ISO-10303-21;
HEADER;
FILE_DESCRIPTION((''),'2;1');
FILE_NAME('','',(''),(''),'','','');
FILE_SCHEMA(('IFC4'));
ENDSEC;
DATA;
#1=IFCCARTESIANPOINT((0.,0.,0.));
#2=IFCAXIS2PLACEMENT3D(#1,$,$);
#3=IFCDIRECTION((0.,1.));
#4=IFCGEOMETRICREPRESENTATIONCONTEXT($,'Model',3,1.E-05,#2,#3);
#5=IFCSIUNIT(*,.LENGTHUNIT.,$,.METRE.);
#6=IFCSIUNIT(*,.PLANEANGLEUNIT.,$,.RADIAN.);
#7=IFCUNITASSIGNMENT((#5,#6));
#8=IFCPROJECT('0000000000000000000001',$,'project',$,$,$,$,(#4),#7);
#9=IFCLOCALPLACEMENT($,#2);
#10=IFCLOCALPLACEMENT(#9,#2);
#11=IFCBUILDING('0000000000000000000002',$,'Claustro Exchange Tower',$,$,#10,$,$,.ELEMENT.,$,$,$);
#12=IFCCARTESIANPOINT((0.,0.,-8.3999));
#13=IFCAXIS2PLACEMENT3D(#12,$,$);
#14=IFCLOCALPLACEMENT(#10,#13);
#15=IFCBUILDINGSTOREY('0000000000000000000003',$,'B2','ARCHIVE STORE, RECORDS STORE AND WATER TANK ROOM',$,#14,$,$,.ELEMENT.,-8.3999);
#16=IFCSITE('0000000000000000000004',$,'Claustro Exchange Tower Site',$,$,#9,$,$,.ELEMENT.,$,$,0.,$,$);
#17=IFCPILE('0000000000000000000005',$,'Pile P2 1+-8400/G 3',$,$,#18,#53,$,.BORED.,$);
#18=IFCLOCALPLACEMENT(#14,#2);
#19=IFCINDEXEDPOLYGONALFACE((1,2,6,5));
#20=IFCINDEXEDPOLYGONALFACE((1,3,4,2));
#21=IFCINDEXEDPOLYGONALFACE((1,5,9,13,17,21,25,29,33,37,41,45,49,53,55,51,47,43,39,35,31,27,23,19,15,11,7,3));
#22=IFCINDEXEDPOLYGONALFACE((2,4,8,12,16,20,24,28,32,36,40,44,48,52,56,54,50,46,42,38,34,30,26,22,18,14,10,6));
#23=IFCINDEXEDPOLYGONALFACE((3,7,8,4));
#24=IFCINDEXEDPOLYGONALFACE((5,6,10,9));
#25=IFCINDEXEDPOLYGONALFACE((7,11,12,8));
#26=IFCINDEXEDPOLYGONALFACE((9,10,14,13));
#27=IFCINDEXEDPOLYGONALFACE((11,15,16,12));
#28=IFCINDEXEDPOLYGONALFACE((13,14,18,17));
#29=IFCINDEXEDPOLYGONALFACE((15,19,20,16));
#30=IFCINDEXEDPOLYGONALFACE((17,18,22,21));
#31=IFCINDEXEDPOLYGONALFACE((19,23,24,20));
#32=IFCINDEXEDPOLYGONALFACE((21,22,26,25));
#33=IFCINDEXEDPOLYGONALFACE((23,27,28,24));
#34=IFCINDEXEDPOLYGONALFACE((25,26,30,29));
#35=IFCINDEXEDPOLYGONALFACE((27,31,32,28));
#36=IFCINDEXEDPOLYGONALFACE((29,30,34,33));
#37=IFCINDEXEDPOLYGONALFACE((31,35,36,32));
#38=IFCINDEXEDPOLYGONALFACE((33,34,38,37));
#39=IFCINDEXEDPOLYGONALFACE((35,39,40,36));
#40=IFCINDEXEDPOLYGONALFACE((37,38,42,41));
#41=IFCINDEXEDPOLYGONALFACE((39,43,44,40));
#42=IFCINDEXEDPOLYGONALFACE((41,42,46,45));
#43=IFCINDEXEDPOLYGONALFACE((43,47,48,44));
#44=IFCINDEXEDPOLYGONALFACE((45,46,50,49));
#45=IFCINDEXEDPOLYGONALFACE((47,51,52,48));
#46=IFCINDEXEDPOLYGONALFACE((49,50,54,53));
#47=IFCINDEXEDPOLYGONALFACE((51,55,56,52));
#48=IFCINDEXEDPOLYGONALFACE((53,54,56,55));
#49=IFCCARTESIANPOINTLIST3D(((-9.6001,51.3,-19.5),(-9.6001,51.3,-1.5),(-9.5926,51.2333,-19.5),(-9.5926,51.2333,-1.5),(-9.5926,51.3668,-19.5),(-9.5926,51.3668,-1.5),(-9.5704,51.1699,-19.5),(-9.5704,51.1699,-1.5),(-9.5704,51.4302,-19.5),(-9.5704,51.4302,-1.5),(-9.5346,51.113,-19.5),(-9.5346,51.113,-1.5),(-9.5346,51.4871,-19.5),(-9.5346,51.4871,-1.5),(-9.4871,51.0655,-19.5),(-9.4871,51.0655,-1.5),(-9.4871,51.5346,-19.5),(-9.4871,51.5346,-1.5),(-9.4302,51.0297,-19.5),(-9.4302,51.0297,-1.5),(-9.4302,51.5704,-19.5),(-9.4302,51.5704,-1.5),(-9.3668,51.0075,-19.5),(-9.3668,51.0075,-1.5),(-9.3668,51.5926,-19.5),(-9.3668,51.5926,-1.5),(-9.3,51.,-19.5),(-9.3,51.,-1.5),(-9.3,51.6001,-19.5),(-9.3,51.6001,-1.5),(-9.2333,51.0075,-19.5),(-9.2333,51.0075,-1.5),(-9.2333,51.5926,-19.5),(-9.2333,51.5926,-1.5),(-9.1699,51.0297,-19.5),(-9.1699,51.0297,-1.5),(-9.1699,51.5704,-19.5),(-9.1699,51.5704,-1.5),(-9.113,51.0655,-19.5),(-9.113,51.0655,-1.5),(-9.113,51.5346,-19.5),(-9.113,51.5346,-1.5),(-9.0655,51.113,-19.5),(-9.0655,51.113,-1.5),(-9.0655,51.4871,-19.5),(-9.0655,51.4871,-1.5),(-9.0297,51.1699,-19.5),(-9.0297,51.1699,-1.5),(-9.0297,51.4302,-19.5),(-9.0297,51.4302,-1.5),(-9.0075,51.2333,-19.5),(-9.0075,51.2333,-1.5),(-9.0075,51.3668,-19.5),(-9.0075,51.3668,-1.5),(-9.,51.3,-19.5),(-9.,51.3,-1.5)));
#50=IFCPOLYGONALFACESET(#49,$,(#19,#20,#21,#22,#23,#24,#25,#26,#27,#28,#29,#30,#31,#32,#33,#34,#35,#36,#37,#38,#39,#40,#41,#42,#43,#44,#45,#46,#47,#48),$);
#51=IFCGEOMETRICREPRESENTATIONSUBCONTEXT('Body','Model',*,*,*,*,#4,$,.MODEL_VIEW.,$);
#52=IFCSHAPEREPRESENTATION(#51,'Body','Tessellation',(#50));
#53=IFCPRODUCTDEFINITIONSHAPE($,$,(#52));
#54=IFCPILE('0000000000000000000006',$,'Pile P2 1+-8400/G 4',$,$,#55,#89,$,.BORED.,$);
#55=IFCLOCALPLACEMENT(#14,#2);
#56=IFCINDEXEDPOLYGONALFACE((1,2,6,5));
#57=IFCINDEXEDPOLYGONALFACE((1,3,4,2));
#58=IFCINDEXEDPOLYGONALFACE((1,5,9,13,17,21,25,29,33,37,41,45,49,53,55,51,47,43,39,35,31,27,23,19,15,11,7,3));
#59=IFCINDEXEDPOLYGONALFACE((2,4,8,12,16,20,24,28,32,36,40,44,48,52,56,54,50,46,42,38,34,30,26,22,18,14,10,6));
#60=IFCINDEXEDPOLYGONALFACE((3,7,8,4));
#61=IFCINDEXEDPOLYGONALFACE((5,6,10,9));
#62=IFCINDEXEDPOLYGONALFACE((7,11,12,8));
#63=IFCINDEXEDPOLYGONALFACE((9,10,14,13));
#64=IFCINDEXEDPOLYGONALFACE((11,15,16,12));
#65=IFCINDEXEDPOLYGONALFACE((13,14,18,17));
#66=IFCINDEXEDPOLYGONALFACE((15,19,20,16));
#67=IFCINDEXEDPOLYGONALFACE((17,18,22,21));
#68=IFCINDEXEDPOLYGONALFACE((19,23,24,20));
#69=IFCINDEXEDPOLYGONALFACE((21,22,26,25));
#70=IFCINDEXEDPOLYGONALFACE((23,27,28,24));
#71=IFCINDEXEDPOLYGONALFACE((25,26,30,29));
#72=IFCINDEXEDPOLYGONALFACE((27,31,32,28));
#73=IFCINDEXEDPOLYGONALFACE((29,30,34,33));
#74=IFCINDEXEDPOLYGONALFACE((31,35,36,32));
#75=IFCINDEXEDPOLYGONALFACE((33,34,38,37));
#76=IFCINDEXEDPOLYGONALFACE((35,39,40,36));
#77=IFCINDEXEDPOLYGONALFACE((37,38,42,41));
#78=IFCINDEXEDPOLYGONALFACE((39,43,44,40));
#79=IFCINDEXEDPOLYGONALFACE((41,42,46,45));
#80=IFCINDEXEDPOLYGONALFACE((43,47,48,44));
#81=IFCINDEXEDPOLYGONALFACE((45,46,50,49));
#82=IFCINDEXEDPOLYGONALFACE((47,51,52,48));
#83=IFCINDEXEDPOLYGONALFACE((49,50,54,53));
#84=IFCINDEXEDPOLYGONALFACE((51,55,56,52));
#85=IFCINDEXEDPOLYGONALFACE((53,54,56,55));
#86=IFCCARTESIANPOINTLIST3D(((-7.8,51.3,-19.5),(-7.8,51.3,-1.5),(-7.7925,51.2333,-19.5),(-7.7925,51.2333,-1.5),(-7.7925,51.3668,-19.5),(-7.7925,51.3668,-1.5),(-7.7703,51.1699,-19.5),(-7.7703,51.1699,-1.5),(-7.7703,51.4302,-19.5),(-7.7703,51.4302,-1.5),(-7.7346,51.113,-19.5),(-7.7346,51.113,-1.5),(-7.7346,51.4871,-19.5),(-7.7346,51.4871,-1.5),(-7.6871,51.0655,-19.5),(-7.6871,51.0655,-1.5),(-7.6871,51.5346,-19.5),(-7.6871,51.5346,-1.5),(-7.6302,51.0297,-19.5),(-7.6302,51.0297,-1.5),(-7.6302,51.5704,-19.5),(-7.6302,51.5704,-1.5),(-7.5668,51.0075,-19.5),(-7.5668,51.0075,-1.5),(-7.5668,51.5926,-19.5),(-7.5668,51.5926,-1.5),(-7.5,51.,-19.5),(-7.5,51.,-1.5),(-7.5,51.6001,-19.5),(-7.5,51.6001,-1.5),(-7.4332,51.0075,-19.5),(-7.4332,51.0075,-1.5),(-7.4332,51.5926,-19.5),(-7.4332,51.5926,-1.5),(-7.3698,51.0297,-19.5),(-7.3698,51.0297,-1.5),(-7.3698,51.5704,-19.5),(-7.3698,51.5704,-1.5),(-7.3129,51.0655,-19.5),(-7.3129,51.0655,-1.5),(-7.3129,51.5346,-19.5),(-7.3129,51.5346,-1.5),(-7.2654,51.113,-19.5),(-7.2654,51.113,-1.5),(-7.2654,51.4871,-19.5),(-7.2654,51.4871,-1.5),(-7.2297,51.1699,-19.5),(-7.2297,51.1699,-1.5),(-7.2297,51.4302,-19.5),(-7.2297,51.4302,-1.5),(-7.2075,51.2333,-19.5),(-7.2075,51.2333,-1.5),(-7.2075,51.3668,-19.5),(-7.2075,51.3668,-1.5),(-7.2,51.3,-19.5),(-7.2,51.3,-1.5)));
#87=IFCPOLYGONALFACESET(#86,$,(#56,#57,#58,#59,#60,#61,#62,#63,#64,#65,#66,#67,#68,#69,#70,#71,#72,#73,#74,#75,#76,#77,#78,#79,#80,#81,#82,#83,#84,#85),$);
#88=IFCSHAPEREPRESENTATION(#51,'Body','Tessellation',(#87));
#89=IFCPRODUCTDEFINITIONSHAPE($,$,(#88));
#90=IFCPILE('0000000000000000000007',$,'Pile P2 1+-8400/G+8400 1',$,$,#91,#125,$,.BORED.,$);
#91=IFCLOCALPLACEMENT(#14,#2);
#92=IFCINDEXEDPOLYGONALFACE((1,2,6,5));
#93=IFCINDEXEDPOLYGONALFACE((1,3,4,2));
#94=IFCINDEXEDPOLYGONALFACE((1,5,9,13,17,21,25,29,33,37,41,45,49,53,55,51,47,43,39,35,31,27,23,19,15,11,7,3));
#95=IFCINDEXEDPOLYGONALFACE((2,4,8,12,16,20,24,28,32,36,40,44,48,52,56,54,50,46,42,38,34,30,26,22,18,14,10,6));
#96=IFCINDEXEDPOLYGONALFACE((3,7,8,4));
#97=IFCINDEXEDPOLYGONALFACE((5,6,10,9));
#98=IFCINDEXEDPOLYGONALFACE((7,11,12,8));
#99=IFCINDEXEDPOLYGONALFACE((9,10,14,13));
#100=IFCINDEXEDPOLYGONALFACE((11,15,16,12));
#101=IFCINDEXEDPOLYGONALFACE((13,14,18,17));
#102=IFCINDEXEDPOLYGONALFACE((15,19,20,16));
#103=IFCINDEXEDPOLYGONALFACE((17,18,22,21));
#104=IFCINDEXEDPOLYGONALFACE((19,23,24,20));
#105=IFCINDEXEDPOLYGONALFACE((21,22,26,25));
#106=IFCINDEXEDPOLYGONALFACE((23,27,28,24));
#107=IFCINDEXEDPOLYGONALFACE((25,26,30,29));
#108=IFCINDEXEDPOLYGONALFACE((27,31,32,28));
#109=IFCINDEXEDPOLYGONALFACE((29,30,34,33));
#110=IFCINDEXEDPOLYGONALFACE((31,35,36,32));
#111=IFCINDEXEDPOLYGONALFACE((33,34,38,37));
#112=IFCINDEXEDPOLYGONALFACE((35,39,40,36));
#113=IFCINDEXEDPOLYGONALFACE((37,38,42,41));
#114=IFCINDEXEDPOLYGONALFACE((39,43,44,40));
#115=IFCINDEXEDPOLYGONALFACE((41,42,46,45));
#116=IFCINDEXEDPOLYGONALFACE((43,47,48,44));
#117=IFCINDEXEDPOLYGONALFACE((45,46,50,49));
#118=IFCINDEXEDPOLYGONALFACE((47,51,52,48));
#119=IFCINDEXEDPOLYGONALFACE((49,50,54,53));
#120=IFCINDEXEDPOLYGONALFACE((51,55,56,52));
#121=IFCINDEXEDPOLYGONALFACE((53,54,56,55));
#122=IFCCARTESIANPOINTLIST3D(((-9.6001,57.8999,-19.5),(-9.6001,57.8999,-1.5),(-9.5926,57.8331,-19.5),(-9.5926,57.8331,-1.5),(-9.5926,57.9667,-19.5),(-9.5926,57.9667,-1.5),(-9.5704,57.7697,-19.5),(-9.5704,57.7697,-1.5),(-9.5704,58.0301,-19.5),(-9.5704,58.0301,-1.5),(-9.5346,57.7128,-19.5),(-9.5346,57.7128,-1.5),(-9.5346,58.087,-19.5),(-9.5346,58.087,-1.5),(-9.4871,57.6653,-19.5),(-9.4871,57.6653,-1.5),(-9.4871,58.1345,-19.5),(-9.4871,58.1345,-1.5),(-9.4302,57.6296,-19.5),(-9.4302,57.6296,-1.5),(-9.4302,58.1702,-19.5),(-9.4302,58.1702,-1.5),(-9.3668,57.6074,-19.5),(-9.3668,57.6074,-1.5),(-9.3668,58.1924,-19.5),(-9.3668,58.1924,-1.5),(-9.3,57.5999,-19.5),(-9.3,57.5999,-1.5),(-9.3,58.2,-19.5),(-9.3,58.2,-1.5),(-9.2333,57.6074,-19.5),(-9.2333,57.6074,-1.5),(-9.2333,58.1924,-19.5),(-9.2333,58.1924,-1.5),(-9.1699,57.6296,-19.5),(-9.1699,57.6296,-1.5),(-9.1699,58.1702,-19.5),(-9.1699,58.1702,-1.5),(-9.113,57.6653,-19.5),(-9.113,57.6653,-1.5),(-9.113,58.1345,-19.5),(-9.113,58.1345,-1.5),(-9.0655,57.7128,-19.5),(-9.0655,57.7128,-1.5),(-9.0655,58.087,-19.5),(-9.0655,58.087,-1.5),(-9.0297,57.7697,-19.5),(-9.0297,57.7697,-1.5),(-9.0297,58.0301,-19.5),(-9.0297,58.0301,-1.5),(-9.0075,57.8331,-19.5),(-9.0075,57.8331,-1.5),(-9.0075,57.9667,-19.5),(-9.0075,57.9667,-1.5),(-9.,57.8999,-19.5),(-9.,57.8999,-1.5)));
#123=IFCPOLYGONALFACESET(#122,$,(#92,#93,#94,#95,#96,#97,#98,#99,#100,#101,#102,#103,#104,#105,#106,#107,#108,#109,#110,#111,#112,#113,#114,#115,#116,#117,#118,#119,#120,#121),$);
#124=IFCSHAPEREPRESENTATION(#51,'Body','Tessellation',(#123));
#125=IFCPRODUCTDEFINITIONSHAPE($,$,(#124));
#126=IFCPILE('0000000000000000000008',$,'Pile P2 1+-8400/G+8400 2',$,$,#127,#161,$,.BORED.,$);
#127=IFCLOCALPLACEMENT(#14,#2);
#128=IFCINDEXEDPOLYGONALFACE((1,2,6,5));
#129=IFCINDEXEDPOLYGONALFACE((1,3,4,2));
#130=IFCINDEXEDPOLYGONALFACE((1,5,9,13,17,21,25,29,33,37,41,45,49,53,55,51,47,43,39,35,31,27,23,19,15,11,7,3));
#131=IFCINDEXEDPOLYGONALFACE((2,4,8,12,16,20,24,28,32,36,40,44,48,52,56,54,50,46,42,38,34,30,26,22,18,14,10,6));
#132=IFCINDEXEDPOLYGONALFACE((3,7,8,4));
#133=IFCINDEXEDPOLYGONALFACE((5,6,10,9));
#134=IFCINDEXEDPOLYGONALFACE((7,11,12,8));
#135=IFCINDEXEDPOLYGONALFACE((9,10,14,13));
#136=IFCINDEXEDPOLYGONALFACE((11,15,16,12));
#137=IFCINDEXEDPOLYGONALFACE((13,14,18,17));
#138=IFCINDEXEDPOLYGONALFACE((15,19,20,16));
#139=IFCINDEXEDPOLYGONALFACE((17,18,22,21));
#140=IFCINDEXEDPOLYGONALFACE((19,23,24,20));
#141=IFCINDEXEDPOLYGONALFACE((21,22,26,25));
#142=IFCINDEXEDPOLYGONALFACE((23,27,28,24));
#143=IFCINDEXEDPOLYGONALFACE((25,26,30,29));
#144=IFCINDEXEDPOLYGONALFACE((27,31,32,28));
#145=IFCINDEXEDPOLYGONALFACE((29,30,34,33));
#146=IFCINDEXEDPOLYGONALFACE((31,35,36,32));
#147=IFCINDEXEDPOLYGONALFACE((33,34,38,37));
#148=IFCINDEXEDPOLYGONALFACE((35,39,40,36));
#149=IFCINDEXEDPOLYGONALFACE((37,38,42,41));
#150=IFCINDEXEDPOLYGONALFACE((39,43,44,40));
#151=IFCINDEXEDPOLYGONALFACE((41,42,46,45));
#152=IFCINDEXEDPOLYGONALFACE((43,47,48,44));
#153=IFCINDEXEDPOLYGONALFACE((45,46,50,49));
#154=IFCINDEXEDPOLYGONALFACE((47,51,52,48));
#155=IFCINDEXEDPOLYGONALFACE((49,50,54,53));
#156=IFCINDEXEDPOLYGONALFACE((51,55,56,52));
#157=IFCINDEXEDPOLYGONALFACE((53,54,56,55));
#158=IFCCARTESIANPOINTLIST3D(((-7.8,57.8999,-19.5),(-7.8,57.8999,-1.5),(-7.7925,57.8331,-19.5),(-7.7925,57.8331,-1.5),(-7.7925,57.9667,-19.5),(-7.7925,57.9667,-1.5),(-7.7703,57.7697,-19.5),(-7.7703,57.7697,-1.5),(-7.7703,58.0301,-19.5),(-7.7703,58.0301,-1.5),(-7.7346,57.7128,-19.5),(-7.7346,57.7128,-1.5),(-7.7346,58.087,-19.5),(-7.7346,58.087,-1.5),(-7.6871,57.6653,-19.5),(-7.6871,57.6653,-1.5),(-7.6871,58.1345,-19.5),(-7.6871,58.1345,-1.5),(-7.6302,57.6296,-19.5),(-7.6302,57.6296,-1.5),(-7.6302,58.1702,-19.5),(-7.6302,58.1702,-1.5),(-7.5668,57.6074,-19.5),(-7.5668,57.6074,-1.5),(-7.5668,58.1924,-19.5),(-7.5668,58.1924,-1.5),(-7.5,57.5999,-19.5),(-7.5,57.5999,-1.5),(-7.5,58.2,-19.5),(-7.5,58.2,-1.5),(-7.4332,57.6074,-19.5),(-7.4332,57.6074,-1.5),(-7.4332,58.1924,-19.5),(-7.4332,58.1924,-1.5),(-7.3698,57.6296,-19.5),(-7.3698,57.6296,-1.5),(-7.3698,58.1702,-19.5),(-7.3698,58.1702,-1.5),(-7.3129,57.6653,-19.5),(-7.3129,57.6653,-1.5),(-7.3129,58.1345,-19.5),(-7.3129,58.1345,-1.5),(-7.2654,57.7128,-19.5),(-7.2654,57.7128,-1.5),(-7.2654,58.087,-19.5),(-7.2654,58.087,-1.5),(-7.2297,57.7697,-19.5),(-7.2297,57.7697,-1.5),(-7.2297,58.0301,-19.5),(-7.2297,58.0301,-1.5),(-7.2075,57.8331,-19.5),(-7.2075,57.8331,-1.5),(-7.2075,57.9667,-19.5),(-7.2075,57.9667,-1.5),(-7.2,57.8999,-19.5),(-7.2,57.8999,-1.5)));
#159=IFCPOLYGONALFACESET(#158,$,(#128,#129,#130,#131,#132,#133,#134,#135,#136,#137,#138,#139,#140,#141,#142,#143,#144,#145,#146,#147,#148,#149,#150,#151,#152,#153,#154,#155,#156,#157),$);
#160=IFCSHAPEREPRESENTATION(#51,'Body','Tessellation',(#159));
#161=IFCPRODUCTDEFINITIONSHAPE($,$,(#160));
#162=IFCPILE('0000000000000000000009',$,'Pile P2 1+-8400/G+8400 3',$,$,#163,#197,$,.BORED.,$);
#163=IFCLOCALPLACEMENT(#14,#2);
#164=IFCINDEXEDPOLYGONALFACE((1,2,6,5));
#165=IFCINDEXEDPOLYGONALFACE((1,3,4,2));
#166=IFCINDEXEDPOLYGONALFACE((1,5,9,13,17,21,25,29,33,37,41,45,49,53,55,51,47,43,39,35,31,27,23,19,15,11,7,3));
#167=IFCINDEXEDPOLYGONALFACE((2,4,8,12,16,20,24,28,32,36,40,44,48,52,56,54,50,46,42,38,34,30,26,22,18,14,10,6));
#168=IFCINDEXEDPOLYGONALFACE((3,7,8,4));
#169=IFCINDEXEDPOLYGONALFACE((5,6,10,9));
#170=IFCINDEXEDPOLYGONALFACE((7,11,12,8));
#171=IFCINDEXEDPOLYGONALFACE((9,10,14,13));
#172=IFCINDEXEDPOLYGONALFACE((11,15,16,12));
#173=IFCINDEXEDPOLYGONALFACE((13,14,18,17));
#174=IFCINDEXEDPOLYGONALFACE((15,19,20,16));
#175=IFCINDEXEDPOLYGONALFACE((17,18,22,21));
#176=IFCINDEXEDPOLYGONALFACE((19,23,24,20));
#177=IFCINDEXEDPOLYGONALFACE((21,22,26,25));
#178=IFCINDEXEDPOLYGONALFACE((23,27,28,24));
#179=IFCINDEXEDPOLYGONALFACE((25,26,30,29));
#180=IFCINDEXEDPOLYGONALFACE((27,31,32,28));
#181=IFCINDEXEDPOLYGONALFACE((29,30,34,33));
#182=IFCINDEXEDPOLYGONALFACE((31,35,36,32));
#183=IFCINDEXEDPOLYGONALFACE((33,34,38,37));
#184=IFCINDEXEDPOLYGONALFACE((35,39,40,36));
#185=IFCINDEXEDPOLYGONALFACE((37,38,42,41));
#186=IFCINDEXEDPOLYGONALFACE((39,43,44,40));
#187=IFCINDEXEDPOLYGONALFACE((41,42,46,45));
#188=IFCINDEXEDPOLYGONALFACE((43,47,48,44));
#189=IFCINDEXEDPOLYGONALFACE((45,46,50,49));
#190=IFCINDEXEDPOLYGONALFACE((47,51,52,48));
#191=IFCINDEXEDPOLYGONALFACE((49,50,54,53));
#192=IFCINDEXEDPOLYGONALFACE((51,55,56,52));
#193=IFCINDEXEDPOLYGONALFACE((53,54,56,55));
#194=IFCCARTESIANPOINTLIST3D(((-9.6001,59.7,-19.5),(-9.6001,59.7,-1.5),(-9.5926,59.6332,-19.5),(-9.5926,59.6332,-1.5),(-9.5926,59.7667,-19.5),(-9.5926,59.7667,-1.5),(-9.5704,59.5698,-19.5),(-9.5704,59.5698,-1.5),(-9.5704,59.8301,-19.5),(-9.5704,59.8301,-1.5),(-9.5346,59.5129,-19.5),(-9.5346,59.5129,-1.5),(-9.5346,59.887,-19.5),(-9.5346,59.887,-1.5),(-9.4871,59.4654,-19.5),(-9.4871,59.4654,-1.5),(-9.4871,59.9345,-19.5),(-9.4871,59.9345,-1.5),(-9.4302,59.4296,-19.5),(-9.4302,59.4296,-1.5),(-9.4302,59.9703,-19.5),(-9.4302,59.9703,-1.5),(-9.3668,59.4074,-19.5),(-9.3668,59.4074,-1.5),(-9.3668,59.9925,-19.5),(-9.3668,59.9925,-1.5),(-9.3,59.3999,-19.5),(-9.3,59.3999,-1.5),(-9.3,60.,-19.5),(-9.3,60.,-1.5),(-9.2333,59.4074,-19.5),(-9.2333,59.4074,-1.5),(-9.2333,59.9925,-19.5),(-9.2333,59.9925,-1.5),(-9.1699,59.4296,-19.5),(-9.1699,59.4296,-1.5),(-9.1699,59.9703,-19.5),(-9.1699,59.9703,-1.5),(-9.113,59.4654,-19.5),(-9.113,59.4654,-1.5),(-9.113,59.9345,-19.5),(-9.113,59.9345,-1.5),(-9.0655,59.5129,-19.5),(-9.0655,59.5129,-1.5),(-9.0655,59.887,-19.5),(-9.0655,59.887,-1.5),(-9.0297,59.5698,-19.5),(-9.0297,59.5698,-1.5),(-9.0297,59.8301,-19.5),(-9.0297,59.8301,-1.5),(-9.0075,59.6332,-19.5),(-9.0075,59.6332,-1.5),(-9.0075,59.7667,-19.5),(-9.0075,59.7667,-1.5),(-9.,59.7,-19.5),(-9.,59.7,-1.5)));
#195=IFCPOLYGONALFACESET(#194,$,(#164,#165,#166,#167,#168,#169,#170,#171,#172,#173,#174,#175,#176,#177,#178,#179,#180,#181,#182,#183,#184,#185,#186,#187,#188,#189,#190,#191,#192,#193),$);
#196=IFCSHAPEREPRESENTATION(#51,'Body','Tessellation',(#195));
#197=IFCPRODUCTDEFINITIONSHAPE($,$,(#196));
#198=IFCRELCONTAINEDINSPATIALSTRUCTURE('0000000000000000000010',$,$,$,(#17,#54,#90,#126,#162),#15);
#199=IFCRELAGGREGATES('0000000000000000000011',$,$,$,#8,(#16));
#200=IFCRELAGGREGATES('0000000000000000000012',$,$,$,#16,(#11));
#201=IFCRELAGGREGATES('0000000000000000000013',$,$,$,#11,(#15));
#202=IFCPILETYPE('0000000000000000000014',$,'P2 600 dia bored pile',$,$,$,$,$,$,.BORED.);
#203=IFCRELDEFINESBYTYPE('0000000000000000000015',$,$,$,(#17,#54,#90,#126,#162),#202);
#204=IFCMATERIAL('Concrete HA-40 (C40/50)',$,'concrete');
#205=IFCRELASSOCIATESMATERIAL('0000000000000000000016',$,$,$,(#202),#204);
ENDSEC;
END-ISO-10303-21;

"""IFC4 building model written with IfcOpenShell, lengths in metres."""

from ifc_helpers import new_model, si_unit, direction, frame, origin, origin_2d, place, context, subcontext, project, spatial, circle, extrude, material, type_object, element, save


model = new_model("IFC4")

# Units and contexts
model_context = context("Model", 3, precision=1e-05, world=origin(), true_north=direction((0.0, 1.0)))
body_context = subcontext(model_context, "Body", "Model", "MODEL_VIEW")
ifc_project = project(units=[si_unit("LENGTHUNIT", "METRE"), si_unit("PLANEANGLEUNIT", "RADIAN")], contexts=[model_context])

# Site, building, storey
site_placement = place(None, origin())
site = spatial("IfcSite", under=ifc_project, at=site_placement, Name="Claustro Exchange Tower Site", CompositionType="ELEMENT", RefElevation=0.0)
building_placement = place(site_placement, origin())
building = spatial("IfcBuilding", under=site, at=building_placement, Name="Claustro Exchange Tower", CompositionType="ELEMENT")
storey_placement = place(building_placement, frame((0.0, 0.0, -8.3999)))
storey = spatial("IfcBuildingStorey", under=building, at=storey_placement, Name="B2", Description="ARCHIVE STORE, RECORDS STORE AND WATER TANK ROOM", CompositionType="ELEMENT", Elevation=-8.3999)

# Piles
ifc_material_1 = material(Name="Concrete HA-40 (C40/50)", Category="concrete")
pile_type_1 = type_object("IfcPileType", Name="P2 600 dia bored pile", PredefinedType="BORED", material=ifc_material_1)
for number, where, z_axis, x_axis, name in (
    (1, (-9.3, 51.3, -1.5), (0.0, 0.0, -1.0), (1.0, 0.0, 0.0), "Pile P2 1+-8400/G 3"),
    (2, (-7.5, 51.3, -1.5), (0.0, 0.0, -1.0), (1.0, 0.0, 0.0), "Pile P2 1+-8400/G 4"),
    (3, (-9.3, 57.8999, -1.5), (0.0, 0.0, -1.0), (1.0, 0.0, 0.0), "Pile P2 1+-8400/G+8400 1"),
    (4, (-7.5, 57.8999, -1.5), (0.0, 0.0, -1.0), (1.0, 0.0, 0.0), "Pile P2 1+-8400/G+8400 2"),
    (5, (-9.3, 59.7, -1.5), (0.0, 0.0, -1.0), (1.0, 0.0, 0.0), "Pile P2 1+-8400/G+8400 3"),
):
    element("IfcPile", number, at=place(storey_placement, frame(where, z_axis=z_axis, x_axis=x_axis)), inside=storey, type_object=pile_type_1, Name=name, PredefinedType="BORED", context=body_context, shape_type="SweptSolid", body=[
        extrude(circle(Radius=0.3, at=origin_2d()), origin(), (0.0, 0.0, 1.0), 18.0),
    ])

save(model, "model.ifc")
